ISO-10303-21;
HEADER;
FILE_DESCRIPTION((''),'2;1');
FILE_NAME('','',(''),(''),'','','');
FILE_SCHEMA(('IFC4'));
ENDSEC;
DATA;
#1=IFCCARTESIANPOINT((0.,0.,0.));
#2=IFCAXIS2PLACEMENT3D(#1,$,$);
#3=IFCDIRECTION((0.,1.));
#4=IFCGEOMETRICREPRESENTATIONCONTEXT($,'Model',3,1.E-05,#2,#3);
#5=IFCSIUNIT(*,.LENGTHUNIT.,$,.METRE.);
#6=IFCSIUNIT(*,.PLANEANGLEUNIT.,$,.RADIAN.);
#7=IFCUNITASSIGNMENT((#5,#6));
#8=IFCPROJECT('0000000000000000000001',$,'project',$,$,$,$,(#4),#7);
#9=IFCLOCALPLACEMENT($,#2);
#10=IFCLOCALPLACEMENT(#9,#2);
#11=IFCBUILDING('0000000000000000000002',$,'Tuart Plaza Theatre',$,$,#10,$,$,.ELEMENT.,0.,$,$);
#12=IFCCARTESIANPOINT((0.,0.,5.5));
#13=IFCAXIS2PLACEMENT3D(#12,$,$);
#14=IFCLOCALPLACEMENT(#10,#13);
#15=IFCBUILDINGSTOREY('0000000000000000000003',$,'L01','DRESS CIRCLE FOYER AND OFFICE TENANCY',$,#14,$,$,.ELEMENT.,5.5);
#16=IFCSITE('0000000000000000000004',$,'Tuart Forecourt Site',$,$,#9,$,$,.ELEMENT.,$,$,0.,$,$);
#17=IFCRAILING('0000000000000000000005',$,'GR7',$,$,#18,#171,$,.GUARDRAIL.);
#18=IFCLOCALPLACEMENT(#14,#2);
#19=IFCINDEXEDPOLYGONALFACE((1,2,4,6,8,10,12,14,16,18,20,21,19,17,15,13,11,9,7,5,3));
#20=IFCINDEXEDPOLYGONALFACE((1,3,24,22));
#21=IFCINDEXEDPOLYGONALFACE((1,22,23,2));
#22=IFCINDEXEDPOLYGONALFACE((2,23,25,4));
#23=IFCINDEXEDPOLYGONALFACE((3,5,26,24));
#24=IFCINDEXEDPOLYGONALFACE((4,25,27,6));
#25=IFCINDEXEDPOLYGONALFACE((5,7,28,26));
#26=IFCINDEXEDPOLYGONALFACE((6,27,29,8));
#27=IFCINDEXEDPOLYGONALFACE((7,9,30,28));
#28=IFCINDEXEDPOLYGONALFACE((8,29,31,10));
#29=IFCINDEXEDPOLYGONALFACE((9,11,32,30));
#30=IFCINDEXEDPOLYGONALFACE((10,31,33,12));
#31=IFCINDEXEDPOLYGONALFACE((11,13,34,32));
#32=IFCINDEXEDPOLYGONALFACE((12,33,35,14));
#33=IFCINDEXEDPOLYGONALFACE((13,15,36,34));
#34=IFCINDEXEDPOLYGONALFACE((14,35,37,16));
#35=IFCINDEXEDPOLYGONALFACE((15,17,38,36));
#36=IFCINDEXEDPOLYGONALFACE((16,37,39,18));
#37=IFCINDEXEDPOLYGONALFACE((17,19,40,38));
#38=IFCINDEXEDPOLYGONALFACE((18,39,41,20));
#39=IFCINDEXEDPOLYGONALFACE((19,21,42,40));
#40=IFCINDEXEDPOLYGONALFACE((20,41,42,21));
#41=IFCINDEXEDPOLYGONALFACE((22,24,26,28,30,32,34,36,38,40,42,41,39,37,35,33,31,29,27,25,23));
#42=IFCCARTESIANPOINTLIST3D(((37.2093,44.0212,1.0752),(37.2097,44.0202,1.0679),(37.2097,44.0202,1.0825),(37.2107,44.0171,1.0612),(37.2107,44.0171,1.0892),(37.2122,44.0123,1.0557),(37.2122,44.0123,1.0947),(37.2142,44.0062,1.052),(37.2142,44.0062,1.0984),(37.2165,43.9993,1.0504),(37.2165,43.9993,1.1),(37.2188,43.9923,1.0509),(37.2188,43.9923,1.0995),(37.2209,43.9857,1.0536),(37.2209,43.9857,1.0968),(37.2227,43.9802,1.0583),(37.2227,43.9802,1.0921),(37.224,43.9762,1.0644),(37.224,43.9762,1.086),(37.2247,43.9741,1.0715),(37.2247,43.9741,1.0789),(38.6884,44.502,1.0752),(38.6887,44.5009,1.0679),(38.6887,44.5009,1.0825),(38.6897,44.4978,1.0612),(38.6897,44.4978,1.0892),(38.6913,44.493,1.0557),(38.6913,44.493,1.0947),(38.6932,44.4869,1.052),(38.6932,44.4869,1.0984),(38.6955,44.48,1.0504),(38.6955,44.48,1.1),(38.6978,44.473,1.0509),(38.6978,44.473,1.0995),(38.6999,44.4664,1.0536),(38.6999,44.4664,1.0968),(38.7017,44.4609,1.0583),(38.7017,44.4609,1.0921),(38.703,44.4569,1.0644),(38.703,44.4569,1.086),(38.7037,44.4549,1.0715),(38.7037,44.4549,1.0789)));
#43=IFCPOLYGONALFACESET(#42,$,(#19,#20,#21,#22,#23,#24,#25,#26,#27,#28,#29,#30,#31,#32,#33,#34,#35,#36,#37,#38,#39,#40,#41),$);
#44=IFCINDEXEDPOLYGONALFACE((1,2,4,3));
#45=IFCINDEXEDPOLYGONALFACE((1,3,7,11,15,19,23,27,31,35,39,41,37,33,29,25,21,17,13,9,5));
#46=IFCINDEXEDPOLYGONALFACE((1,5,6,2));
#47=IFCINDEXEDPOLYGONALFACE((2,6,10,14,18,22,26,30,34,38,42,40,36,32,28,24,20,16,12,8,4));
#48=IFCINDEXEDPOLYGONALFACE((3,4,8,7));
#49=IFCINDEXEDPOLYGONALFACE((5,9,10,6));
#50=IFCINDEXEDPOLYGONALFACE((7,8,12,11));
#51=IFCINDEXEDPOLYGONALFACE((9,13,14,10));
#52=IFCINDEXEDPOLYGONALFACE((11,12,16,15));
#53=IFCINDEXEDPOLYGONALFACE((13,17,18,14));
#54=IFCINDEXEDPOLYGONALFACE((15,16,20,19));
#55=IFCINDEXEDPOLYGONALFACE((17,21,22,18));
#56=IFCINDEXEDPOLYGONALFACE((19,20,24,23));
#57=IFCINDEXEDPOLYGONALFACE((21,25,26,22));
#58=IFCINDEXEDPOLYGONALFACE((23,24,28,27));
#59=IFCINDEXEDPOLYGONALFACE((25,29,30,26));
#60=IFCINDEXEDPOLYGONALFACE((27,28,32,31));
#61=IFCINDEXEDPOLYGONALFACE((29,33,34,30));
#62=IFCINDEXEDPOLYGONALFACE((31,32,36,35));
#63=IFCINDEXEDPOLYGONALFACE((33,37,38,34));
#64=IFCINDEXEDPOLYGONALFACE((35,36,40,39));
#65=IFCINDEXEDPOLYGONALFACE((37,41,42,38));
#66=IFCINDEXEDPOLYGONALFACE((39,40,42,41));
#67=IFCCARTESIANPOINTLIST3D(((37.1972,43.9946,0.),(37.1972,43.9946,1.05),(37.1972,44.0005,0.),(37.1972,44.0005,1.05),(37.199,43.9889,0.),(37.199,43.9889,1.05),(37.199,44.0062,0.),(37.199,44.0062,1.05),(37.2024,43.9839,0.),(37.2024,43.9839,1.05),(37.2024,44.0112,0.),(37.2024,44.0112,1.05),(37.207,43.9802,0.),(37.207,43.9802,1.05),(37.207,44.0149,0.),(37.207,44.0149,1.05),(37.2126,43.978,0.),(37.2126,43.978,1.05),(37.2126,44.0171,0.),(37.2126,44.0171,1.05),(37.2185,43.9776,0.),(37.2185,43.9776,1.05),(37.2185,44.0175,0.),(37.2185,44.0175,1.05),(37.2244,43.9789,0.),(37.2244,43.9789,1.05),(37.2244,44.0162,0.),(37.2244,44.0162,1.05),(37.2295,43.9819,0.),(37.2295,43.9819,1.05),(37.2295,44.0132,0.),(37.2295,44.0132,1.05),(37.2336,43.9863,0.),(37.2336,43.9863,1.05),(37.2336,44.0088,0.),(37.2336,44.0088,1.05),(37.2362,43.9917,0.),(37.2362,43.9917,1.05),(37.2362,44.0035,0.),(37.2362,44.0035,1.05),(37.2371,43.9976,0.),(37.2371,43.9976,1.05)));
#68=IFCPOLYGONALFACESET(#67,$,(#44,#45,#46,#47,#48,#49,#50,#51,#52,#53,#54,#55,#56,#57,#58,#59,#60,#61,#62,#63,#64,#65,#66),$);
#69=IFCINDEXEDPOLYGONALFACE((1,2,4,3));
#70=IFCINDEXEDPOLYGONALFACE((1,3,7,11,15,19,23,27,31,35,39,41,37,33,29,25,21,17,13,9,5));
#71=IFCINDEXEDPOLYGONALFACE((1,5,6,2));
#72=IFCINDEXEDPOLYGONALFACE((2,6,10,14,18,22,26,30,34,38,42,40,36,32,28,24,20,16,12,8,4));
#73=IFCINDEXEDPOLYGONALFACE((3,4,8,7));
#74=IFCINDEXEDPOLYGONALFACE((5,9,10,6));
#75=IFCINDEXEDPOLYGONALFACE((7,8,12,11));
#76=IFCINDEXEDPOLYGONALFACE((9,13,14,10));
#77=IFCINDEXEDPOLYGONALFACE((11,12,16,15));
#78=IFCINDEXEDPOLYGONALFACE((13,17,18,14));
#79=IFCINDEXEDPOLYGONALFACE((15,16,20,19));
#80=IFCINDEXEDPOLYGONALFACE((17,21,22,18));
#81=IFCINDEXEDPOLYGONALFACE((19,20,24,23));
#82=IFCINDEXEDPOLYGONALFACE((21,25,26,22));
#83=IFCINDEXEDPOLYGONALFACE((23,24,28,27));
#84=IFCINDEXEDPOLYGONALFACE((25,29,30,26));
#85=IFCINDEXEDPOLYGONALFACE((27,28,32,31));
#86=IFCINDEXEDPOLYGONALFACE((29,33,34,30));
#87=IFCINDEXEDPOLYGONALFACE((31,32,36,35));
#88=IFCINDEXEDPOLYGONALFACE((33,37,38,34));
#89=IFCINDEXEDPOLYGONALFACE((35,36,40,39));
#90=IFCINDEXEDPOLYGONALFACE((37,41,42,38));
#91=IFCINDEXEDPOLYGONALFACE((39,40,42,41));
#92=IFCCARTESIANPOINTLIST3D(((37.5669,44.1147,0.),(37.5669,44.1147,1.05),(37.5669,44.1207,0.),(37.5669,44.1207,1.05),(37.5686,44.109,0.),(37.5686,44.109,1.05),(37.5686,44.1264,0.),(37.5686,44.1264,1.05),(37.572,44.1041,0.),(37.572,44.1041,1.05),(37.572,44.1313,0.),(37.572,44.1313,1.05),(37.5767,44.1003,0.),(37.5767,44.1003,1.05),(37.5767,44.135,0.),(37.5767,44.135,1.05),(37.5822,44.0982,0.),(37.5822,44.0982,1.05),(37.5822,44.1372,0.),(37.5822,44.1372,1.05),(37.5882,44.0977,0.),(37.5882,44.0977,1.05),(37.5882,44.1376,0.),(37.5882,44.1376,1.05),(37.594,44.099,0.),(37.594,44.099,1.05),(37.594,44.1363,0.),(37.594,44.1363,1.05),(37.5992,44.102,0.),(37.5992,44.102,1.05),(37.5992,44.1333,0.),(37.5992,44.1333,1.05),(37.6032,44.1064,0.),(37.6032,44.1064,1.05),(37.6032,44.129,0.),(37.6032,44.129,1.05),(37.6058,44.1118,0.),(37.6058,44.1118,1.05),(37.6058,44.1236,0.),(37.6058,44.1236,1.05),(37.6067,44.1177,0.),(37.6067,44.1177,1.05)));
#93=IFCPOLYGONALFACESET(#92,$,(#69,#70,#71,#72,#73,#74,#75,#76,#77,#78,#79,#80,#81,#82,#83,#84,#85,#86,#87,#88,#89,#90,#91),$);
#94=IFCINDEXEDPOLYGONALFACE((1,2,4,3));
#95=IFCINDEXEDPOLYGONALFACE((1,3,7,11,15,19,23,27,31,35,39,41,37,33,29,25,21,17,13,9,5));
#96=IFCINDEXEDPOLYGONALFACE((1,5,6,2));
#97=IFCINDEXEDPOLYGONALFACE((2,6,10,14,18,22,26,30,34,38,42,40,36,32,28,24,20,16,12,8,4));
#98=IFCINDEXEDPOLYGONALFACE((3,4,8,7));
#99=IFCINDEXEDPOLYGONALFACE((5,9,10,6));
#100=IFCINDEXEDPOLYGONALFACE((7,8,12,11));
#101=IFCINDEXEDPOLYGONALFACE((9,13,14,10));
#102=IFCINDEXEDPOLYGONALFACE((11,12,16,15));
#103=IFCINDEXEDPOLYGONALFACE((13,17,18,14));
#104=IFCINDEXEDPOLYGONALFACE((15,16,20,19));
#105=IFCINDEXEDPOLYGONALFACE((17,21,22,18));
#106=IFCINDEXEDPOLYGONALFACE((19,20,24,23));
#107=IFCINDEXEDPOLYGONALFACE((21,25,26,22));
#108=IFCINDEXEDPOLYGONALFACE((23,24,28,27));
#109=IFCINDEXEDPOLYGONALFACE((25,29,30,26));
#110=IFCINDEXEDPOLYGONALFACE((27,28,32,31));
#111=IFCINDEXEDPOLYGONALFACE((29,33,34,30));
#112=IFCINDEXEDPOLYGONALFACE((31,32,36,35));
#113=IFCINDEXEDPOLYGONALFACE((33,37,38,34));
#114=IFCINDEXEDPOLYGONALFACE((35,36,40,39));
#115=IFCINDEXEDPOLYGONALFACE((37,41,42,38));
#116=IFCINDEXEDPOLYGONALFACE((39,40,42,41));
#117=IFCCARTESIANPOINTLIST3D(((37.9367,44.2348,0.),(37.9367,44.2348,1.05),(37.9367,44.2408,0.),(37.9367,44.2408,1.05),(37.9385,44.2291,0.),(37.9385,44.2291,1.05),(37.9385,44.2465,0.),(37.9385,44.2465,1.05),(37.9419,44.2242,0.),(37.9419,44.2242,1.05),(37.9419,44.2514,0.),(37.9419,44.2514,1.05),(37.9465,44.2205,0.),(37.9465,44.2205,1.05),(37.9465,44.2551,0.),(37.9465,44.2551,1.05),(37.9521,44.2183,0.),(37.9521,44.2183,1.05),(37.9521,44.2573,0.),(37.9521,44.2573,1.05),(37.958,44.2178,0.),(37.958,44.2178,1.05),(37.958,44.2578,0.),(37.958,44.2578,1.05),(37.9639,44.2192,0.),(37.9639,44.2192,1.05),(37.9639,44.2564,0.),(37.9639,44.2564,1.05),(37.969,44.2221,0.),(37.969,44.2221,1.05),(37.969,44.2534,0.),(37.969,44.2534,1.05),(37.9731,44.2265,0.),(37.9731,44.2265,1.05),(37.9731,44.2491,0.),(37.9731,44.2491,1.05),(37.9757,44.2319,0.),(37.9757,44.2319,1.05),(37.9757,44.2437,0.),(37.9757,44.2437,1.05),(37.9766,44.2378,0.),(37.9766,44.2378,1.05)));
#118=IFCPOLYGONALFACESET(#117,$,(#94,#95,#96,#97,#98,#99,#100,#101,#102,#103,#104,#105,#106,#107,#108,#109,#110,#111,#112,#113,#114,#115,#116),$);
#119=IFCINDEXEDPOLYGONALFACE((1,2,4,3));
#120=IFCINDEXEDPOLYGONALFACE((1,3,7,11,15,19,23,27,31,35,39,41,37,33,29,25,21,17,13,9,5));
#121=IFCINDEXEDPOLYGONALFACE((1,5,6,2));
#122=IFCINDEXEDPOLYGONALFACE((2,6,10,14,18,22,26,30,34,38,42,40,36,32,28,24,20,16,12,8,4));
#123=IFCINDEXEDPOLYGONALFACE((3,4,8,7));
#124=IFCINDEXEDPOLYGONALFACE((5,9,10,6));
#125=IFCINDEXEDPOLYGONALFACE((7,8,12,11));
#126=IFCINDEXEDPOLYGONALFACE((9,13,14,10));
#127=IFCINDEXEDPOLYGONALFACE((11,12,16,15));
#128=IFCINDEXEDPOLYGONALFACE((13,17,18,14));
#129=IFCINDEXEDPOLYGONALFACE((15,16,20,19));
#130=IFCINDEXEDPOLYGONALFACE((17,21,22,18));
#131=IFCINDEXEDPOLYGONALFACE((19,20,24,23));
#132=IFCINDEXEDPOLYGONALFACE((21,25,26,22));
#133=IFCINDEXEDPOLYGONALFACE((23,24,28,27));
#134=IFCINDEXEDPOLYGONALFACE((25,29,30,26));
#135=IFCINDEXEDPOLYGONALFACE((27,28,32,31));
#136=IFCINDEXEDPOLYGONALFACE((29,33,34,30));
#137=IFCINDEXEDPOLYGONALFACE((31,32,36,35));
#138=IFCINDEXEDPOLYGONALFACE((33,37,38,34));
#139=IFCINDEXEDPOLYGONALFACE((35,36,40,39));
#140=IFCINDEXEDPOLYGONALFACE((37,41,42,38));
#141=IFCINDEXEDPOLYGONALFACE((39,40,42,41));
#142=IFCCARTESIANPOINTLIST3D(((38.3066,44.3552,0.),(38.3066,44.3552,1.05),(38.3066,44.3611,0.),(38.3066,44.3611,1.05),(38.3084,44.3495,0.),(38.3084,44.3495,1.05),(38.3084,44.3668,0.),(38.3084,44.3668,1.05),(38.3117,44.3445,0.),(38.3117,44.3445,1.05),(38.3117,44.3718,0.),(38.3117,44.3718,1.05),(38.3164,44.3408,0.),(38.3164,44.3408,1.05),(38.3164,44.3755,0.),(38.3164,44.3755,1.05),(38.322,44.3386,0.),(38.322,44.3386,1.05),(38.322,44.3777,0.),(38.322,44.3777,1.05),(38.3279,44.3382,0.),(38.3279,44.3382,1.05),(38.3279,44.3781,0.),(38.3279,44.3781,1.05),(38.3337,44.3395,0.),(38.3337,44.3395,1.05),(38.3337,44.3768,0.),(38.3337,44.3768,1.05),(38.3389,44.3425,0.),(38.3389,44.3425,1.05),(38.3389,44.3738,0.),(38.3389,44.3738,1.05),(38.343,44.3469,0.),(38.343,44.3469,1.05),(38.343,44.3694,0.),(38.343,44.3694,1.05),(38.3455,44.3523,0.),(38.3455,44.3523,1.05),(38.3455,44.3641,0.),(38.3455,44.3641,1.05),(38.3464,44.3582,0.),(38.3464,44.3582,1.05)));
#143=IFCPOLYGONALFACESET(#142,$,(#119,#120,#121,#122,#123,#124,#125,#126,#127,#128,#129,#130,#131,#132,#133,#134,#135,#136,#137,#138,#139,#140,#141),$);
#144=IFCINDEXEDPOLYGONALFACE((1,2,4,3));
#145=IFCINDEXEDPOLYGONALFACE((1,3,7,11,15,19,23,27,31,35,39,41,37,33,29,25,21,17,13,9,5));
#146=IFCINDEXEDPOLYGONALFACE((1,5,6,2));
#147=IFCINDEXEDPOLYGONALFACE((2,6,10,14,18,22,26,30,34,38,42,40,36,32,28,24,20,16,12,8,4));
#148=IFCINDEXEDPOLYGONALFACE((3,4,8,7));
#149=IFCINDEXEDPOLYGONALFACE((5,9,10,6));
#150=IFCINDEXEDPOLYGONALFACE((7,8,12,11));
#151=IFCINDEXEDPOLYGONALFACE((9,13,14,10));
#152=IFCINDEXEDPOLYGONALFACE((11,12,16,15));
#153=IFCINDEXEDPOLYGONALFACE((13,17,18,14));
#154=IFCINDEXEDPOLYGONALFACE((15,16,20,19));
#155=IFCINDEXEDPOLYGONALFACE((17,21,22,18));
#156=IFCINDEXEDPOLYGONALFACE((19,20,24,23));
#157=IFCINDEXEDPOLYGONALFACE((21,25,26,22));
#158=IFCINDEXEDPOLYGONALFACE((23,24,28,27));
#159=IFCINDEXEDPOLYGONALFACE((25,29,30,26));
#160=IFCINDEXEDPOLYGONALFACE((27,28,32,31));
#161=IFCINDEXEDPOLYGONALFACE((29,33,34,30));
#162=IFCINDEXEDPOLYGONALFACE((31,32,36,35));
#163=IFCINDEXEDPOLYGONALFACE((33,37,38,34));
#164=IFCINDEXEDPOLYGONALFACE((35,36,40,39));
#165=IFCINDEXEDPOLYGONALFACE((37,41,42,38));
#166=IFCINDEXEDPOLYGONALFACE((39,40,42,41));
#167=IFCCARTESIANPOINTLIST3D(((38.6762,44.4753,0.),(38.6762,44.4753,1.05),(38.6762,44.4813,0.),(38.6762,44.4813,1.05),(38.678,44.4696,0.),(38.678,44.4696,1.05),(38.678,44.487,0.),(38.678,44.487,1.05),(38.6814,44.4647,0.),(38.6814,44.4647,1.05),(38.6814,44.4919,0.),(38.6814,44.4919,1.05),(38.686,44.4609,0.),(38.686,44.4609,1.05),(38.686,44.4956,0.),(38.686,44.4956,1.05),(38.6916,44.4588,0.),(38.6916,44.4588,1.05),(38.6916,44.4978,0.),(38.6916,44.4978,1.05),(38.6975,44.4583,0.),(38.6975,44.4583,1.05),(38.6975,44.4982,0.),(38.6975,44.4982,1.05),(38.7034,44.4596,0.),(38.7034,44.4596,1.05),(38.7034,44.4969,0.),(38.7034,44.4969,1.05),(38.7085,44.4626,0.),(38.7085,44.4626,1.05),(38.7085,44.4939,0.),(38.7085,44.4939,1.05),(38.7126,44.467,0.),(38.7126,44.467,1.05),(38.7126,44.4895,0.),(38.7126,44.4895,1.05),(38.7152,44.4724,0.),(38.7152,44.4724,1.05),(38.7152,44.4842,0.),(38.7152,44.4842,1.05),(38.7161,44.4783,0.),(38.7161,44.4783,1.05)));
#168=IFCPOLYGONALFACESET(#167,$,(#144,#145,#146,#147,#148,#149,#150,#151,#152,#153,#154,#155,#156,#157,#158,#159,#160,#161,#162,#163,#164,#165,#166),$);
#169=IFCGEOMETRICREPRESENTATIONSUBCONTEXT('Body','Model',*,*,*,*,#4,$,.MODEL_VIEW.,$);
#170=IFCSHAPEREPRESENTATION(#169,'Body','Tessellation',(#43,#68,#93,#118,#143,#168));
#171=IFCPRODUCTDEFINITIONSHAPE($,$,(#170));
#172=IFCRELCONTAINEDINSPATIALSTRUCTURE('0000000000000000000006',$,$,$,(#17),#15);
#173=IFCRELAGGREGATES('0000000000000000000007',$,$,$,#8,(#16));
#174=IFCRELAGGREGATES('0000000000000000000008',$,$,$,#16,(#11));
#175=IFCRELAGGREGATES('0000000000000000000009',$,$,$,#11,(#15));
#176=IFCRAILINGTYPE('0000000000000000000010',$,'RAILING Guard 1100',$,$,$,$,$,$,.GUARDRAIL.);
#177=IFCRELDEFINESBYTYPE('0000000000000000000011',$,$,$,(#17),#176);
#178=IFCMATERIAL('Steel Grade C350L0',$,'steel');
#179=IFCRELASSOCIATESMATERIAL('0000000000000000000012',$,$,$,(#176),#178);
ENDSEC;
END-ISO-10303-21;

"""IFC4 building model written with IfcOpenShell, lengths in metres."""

from ifc_helpers import new_model, si_unit, direction, frame, origin, origin_2d, place, context, subcontext, project, spatial, circle, extrude, material, type_object, element, save


model = new_model("IFC4")

# Units and contexts
model_context = context("Model", 3, precision=1e-05, world=origin(), true_north=direction((0.0, 1.0)))
body_context = subcontext(model_context, "Body", "Model", "MODEL_VIEW")
ifc_project = project(units=[si_unit("LENGTHUNIT", "METRE"), si_unit("PLANEANGLEUNIT", "RADIAN")], contexts=[model_context])

# Site, building, storey
site_placement = place(None, origin())
site = spatial("IfcSite", under=ifc_project, at=site_placement, Name="Tuart Forecourt Site", CompositionType="ELEMENT", RefElevation=0.0)
building_placement = place(site_placement, origin())
building = spatial("IfcBuilding", under=site, at=building_placement, Name="Tuart Plaza Theatre", CompositionType="ELEMENT", ElevationOfRefHeight=0.0)
storey_placement = place(building_placement, frame((0.0, 0.0, 5.5)))
storey = spatial("IfcBuildingStorey", under=building, at=storey_placement, Name="L01", Description="DRESS CIRCLE FOYER AND OFFICE TENANCY", CompositionType="ELEMENT", Elevation=5.5)

# Railing
ifc_material_1 = material(Name="Steel Grade C350L0", Category="steel")
railing_type_1 = type_object("IfcRailingType", Name="RAILING Guard 1100", PredefinedType="GUARDRAIL", material=ifc_material_1)
railing_1_placement = place(storey_placement, frame((37.217, 43.9976, 0.0)))
element("IfcRailing", 1, at=railing_1_placement, inside=storey, type_object=railing_type_1, Name="GR7", PredefinedType="GUARDRAIL", context=body_context, shape_type="SweptSolid", body=[
    extrude(circle(Radius=0.0249, at=origin_2d()), frame((0.0, 0.0, 1.0752), z_axis=(0.951027, 0.309107, 0.0), x_axis=(-0.309107, 0.951027, 0.0)), (0.0, 0.0, 1.0), 1.5552),
    extrude(circle(Radius=0.02, at=origin_2d()), origin(), (0.0, 0.0, 1.0), 1.05),
    extrude(circle(Radius=0.02, at=origin_2d()), frame((0.3696, 0.1201, 0.0)), (0.0, 0.0, 1.0), 1.05),
    extrude(circle(Radius=0.02, at=origin_2d()), frame((0.7395, 0.2402, 0.0)), (0.0, 0.0, 1.0), 1.05),
    extrude(circle(Radius=0.02, at=origin_2d()), frame((1.1094, 0.3606, 0.0)), (0.0, 0.0, 1.0), 1.05),
    extrude(circle(Radius=0.02, at=origin_2d()), frame((1.479, 0.4807, 0.0)), (0.0, 0.0, 1.0), 1.05),
])

save(model, "model.ifc")
